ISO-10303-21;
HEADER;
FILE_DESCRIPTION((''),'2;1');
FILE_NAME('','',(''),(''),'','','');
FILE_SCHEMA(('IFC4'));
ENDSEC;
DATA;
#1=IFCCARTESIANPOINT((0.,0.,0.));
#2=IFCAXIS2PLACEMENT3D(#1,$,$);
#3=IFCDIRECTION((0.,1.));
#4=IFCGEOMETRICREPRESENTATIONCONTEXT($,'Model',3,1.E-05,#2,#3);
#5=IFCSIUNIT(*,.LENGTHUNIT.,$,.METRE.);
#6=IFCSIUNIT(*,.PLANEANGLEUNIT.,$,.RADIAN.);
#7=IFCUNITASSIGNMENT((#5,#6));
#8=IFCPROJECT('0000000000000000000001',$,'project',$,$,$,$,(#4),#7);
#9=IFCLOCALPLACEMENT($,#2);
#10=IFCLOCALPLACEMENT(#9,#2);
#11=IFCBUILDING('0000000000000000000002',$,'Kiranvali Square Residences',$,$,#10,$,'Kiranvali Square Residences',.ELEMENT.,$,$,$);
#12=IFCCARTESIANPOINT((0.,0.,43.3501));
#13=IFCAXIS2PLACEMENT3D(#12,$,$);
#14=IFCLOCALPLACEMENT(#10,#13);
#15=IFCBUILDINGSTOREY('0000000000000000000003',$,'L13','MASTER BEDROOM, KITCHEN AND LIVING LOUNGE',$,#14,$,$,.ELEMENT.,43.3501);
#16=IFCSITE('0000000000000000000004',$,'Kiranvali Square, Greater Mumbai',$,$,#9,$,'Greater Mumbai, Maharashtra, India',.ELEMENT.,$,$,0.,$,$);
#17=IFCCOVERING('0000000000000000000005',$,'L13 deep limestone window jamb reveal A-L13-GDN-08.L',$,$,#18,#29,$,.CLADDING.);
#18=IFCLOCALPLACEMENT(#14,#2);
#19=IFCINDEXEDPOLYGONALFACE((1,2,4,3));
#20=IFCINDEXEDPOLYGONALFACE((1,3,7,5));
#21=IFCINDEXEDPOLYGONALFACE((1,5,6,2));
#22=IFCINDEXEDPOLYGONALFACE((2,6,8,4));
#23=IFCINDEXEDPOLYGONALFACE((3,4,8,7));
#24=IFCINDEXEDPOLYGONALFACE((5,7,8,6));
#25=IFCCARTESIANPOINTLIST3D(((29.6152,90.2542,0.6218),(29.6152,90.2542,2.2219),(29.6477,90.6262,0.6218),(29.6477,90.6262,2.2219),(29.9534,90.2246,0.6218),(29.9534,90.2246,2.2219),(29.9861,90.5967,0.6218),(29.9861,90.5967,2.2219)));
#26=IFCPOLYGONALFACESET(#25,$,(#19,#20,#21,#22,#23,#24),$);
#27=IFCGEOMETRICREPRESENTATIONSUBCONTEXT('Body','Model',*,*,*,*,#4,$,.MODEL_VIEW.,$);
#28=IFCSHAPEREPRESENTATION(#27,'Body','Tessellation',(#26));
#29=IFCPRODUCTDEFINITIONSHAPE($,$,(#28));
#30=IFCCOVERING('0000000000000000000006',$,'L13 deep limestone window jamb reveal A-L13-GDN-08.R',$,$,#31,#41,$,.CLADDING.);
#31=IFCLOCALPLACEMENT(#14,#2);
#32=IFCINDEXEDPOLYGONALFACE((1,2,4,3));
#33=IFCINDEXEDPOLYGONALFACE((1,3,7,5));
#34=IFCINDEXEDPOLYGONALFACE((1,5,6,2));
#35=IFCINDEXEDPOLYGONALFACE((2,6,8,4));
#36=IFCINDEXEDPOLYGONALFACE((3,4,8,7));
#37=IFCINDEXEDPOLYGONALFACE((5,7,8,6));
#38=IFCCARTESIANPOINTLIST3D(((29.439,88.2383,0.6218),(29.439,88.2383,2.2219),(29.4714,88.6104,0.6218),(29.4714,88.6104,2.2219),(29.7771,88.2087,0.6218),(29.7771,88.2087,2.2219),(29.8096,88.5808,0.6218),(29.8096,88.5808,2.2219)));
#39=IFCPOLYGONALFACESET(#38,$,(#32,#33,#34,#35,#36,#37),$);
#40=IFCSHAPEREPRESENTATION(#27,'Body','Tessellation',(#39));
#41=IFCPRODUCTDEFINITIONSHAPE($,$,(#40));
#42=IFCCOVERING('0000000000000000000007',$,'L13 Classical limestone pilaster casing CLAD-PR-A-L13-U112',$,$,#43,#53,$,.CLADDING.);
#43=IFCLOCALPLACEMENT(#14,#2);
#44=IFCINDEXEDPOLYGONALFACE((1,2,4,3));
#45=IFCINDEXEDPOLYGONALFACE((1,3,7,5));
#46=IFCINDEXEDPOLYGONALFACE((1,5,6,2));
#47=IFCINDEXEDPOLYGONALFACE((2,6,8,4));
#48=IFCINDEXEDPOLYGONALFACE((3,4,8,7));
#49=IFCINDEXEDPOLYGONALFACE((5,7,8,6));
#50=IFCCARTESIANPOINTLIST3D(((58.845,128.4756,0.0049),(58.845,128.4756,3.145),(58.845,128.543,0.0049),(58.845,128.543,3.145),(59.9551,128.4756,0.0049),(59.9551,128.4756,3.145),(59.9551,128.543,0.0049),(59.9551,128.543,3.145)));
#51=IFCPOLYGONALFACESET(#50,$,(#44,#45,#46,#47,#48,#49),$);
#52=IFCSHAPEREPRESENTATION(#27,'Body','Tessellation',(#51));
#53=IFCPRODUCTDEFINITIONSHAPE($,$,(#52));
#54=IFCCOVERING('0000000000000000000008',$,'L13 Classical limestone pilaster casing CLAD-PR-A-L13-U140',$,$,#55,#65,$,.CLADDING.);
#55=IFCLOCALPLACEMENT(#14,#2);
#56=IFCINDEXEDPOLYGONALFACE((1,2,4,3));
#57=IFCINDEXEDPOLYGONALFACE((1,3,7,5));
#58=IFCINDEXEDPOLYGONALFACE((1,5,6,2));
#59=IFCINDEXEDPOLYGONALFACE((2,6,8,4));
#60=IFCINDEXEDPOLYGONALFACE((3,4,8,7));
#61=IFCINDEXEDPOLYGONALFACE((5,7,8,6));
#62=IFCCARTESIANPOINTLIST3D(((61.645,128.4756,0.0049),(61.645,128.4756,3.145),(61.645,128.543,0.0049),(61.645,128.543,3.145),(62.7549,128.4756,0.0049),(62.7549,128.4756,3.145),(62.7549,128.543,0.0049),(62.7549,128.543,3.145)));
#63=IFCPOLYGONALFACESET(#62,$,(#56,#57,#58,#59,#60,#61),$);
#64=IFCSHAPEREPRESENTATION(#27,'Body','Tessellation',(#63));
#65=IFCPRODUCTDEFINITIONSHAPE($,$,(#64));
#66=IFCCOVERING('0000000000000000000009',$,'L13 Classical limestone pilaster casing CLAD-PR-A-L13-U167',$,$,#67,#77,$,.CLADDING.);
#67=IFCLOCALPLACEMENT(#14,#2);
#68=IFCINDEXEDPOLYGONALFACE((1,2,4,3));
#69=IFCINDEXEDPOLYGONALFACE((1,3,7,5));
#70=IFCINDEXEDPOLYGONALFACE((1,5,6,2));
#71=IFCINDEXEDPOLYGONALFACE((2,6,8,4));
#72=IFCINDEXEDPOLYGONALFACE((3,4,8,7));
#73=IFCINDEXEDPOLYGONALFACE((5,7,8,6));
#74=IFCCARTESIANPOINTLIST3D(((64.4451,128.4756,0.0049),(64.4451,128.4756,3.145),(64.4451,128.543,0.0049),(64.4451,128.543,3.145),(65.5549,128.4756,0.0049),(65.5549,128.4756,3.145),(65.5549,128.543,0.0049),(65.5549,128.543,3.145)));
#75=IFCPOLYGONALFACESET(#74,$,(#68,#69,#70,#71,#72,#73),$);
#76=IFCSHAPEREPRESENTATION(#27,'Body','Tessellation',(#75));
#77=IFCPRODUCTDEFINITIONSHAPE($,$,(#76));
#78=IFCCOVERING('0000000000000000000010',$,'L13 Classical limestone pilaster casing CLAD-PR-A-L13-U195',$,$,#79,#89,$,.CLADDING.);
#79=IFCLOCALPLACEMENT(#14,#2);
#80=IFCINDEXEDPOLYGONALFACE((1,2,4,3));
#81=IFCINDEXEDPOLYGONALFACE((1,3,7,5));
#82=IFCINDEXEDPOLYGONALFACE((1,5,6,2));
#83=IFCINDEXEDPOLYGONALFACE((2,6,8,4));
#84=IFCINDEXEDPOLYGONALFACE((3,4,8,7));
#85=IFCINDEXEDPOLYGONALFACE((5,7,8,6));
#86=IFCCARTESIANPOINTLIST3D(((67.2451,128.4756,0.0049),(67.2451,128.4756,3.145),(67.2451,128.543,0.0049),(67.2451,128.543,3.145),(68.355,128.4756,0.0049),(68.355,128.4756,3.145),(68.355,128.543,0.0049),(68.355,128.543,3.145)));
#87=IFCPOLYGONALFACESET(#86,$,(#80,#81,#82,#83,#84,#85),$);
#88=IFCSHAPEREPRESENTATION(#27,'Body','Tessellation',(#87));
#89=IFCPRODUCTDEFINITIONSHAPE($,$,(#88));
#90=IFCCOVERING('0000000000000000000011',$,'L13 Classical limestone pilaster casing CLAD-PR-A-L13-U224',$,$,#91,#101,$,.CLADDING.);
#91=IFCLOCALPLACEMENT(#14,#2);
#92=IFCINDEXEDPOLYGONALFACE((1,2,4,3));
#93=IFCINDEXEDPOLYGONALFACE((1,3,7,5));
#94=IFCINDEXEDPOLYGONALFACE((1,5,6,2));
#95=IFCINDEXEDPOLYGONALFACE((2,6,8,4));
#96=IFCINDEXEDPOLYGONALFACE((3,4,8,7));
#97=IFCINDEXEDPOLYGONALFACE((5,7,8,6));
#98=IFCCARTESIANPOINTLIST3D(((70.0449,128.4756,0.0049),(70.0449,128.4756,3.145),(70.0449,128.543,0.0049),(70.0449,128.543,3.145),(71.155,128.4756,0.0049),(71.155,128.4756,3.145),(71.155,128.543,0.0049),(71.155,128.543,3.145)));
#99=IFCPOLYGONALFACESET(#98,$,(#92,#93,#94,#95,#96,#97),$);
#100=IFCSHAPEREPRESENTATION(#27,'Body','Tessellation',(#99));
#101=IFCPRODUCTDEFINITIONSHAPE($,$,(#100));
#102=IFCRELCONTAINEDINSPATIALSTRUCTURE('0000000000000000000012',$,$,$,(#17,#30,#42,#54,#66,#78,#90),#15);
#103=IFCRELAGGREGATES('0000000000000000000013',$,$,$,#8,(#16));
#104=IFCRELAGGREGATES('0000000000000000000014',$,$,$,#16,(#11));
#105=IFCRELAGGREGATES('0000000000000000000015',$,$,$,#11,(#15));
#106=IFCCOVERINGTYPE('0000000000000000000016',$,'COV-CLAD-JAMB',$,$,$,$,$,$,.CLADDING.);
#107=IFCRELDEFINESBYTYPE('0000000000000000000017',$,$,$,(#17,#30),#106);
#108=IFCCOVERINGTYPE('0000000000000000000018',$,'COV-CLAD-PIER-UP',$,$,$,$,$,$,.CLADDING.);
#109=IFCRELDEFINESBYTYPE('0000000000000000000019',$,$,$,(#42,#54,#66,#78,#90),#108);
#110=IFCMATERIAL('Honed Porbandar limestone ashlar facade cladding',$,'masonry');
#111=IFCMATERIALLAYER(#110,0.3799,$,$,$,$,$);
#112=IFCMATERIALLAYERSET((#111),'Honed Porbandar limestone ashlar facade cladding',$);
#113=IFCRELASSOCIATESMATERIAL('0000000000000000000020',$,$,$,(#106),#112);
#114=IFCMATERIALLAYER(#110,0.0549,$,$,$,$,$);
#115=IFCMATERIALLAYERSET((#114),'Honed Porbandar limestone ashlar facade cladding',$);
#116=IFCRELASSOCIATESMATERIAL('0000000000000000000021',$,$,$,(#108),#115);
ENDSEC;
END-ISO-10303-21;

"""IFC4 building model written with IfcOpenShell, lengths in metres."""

from ifc_helpers import new_model, si_unit, direction, frame, origin, place, context, subcontext, project, spatial, polyline, outline, extrude, material, layer, layer_set, type_object, element, save


model = new_model("IFC4")

# Units and contexts
model_context = context("Model", 3, precision=1e-05, world=origin(), true_north=direction((0.0, 1.0)))
body_context = subcontext(model_context, "Body", "Model", "MODEL_VIEW")
ifc_project = project(units=[si_unit("LENGTHUNIT", "METRE"), si_unit("PLANEANGLEUNIT", "RADIAN")], contexts=[model_context])

# Site, building, storey
site_placement = place(None, origin())
site = spatial("IfcSite", under=ifc_project, at=site_placement, Name="Kiranvali Square, Greater Mumbai", LongName="Greater Mumbai, Maharashtra, India", CompositionType="ELEMENT", RefElevation=0.0)
building_placement = place(site_placement, origin())
building = spatial("IfcBuilding", under=site, at=building_placement, Name="Kiranvali Square Residences", LongName="Kiranvali Square Residences", CompositionType="ELEMENT")
storey_placement = place(building_placement, frame((0.0, 0.0, 43.3501)))
storey = spatial("IfcBuildingStorey", under=building, at=storey_placement, Name="L13", Description="MASTER BEDROOM, KITCHEN AND LIVING LOUNGE", CompositionType="ELEMENT", Elevation=43.3501)

# Coverings
ifc_material = material(Name="Honed Porbandar limestone ashlar facade cladding", Category="masonry")
ifc_layer_1 = layer(ifc_material, 0.3799)
ifc_layer_set_1 = layer_set([ifc_layer_1], Name="Honed Porbandar limestone ashlar facade cladding")
covering_type_1 = type_object("IfcCoveringType", Name="COV-CLAD-JAMB", PredefinedType="CLADDING", material=ifc_layer_set_1)
covering_1_placement = place(storey_placement, frame((0.0, 0.0, 0.6218)))
element("IfcCovering", 1, at=covering_1_placement, inside=storey, type_object=covering_type_1, Name="L13 deep limestone window jamb reveal A-L13-GDN-08.L", PredefinedType="CLADDING", context=body_context, shape_type="SweptSolid", body=[
    extrude(outline(polyline([(29.6477, 90.6262), (29.6152, 90.2542), (29.9534, 90.2246), (29.9861, 90.5967), (29.6477, 90.6262)])), origin(), (0.0, 0.0, 1.0), 1.6001),
])
covering_2_placement = place(storey_placement, frame((0.0, 0.0, 0.6218)))
element("IfcCovering", 2, at=covering_2_placement, inside=storey, type_object=covering_type_1, Name="L13 deep limestone window jamb reveal A-L13-GDN-08.R", PredefinedType="CLADDING", context=body_context, shape_type="SweptSolid", body=[
    extrude(outline(polyline([(29.4714, 88.6104), (29.439, 88.2383), (29.7771, 88.2087), (29.8096, 88.5808), (29.4714, 88.6104)])), origin(), (0.0, 0.0, 1.0), 1.6001),
])
ifc_layer_2 = layer(ifc_material, 0.0549)
ifc_layer_set_2 = layer_set([ifc_layer_2], Name="Honed Porbandar limestone ashlar facade cladding")
covering_type_2 = type_object("IfcCoveringType", Name="COV-CLAD-PIER-UP", PredefinedType="CLADDING", material=ifc_layer_set_2)
covering_3_placement = place(storey_placement, frame((0.0, 0.0, 0.0049)))
element("IfcCovering", 3, at=covering_3_placement, inside=storey, type_object=covering_type_2, Name="L13 Classical limestone pilaster casing CLAD-PR-A-L13-U112", PredefinedType="CLADDING", context=body_context, shape_type="SweptSolid", body=[
    extrude(outline(polyline([(58.845, 128.4756), (59.9551, 128.4756), (59.9551, 128.543), (58.845, 128.543), (58.845, 128.4756)])), origin(), (0.0, 0.0, 1.0), 3.1401),
])
covering_4_placement = place(storey_placement, frame((0.0, 0.0, 0.0049)))
element("IfcCovering", 4, at=covering_4_placement, inside=storey, type_object=covering_type_2, Name="L13 Classical limestone pilaster casing CLAD-PR-A-L13-U140", PredefinedType="CLADDING", context=body_context, shape_type="SweptSolid", body=[
    extrude(outline(polyline([(61.645, 128.4756), (62.7549, 128.4756), (62.7549, 128.543), (61.645, 128.543), (61.645, 128.4756)])), origin(), (0.0, 0.0, 1.0), 3.1401),
])
covering_5_placement = place(storey_placement, frame((0.0, 0.0, 0.0049)))
element("IfcCovering", 5, at=covering_5_placement, inside=storey, type_object=covering_type_2, Name="L13 Classical limestone pilaster casing CLAD-PR-A-L13-U167", PredefinedType="CLADDING", context=body_context, shape_type="SweptSolid", body=[
    extrude(outline(polyline([(64.4451, 128.4756), (65.5549, 128.4756), (65.5549, 128.543), (64.4451, 128.543), (64.4451, 128.4756)])), origin(), (0.0, 0.0, 1.0), 3.1401),
])
covering_6_placement = place(storey_placement, frame((0.0, 0.0, 0.0049)))
element("IfcCovering", 6, at=covering_6_placement, inside=storey, type_object=covering_type_2, Name="L13 Classical limestone pilaster casing CLAD-PR-A-L13-U195", PredefinedType="CLADDING", context=body_context, shape_type="SweptSolid", body=[
    extrude(outline(polyline([(67.2451, 128.4756), (68.355, 128.4756), (68.355, 128.543), (67.2451, 128.543), (67.2451, 128.4756)])), origin(), (0.0, 0.0, 1.0), 3.1401),
])
covering_7_placement = place(storey_placement, frame((0.0, 0.0, 0.0049)))
element("IfcCovering", 7, at=covering_7_placement, inside=storey, type_object=covering_type_2, Name="L13 Classical limestone pilaster casing CLAD-PR-A-L13-U224", PredefinedType="CLADDING", context=body_context, shape_type="SweptSolid", body=[
    extrude(outline(polyline([(70.0449, 128.4756), (71.155, 128.4756), (71.155, 128.543), (70.0449, 128.543), (70.0449, 128.4756)])), origin(), (0.0, 0.0, 1.0), 3.1401),
])

save(model, "model.ifc")
